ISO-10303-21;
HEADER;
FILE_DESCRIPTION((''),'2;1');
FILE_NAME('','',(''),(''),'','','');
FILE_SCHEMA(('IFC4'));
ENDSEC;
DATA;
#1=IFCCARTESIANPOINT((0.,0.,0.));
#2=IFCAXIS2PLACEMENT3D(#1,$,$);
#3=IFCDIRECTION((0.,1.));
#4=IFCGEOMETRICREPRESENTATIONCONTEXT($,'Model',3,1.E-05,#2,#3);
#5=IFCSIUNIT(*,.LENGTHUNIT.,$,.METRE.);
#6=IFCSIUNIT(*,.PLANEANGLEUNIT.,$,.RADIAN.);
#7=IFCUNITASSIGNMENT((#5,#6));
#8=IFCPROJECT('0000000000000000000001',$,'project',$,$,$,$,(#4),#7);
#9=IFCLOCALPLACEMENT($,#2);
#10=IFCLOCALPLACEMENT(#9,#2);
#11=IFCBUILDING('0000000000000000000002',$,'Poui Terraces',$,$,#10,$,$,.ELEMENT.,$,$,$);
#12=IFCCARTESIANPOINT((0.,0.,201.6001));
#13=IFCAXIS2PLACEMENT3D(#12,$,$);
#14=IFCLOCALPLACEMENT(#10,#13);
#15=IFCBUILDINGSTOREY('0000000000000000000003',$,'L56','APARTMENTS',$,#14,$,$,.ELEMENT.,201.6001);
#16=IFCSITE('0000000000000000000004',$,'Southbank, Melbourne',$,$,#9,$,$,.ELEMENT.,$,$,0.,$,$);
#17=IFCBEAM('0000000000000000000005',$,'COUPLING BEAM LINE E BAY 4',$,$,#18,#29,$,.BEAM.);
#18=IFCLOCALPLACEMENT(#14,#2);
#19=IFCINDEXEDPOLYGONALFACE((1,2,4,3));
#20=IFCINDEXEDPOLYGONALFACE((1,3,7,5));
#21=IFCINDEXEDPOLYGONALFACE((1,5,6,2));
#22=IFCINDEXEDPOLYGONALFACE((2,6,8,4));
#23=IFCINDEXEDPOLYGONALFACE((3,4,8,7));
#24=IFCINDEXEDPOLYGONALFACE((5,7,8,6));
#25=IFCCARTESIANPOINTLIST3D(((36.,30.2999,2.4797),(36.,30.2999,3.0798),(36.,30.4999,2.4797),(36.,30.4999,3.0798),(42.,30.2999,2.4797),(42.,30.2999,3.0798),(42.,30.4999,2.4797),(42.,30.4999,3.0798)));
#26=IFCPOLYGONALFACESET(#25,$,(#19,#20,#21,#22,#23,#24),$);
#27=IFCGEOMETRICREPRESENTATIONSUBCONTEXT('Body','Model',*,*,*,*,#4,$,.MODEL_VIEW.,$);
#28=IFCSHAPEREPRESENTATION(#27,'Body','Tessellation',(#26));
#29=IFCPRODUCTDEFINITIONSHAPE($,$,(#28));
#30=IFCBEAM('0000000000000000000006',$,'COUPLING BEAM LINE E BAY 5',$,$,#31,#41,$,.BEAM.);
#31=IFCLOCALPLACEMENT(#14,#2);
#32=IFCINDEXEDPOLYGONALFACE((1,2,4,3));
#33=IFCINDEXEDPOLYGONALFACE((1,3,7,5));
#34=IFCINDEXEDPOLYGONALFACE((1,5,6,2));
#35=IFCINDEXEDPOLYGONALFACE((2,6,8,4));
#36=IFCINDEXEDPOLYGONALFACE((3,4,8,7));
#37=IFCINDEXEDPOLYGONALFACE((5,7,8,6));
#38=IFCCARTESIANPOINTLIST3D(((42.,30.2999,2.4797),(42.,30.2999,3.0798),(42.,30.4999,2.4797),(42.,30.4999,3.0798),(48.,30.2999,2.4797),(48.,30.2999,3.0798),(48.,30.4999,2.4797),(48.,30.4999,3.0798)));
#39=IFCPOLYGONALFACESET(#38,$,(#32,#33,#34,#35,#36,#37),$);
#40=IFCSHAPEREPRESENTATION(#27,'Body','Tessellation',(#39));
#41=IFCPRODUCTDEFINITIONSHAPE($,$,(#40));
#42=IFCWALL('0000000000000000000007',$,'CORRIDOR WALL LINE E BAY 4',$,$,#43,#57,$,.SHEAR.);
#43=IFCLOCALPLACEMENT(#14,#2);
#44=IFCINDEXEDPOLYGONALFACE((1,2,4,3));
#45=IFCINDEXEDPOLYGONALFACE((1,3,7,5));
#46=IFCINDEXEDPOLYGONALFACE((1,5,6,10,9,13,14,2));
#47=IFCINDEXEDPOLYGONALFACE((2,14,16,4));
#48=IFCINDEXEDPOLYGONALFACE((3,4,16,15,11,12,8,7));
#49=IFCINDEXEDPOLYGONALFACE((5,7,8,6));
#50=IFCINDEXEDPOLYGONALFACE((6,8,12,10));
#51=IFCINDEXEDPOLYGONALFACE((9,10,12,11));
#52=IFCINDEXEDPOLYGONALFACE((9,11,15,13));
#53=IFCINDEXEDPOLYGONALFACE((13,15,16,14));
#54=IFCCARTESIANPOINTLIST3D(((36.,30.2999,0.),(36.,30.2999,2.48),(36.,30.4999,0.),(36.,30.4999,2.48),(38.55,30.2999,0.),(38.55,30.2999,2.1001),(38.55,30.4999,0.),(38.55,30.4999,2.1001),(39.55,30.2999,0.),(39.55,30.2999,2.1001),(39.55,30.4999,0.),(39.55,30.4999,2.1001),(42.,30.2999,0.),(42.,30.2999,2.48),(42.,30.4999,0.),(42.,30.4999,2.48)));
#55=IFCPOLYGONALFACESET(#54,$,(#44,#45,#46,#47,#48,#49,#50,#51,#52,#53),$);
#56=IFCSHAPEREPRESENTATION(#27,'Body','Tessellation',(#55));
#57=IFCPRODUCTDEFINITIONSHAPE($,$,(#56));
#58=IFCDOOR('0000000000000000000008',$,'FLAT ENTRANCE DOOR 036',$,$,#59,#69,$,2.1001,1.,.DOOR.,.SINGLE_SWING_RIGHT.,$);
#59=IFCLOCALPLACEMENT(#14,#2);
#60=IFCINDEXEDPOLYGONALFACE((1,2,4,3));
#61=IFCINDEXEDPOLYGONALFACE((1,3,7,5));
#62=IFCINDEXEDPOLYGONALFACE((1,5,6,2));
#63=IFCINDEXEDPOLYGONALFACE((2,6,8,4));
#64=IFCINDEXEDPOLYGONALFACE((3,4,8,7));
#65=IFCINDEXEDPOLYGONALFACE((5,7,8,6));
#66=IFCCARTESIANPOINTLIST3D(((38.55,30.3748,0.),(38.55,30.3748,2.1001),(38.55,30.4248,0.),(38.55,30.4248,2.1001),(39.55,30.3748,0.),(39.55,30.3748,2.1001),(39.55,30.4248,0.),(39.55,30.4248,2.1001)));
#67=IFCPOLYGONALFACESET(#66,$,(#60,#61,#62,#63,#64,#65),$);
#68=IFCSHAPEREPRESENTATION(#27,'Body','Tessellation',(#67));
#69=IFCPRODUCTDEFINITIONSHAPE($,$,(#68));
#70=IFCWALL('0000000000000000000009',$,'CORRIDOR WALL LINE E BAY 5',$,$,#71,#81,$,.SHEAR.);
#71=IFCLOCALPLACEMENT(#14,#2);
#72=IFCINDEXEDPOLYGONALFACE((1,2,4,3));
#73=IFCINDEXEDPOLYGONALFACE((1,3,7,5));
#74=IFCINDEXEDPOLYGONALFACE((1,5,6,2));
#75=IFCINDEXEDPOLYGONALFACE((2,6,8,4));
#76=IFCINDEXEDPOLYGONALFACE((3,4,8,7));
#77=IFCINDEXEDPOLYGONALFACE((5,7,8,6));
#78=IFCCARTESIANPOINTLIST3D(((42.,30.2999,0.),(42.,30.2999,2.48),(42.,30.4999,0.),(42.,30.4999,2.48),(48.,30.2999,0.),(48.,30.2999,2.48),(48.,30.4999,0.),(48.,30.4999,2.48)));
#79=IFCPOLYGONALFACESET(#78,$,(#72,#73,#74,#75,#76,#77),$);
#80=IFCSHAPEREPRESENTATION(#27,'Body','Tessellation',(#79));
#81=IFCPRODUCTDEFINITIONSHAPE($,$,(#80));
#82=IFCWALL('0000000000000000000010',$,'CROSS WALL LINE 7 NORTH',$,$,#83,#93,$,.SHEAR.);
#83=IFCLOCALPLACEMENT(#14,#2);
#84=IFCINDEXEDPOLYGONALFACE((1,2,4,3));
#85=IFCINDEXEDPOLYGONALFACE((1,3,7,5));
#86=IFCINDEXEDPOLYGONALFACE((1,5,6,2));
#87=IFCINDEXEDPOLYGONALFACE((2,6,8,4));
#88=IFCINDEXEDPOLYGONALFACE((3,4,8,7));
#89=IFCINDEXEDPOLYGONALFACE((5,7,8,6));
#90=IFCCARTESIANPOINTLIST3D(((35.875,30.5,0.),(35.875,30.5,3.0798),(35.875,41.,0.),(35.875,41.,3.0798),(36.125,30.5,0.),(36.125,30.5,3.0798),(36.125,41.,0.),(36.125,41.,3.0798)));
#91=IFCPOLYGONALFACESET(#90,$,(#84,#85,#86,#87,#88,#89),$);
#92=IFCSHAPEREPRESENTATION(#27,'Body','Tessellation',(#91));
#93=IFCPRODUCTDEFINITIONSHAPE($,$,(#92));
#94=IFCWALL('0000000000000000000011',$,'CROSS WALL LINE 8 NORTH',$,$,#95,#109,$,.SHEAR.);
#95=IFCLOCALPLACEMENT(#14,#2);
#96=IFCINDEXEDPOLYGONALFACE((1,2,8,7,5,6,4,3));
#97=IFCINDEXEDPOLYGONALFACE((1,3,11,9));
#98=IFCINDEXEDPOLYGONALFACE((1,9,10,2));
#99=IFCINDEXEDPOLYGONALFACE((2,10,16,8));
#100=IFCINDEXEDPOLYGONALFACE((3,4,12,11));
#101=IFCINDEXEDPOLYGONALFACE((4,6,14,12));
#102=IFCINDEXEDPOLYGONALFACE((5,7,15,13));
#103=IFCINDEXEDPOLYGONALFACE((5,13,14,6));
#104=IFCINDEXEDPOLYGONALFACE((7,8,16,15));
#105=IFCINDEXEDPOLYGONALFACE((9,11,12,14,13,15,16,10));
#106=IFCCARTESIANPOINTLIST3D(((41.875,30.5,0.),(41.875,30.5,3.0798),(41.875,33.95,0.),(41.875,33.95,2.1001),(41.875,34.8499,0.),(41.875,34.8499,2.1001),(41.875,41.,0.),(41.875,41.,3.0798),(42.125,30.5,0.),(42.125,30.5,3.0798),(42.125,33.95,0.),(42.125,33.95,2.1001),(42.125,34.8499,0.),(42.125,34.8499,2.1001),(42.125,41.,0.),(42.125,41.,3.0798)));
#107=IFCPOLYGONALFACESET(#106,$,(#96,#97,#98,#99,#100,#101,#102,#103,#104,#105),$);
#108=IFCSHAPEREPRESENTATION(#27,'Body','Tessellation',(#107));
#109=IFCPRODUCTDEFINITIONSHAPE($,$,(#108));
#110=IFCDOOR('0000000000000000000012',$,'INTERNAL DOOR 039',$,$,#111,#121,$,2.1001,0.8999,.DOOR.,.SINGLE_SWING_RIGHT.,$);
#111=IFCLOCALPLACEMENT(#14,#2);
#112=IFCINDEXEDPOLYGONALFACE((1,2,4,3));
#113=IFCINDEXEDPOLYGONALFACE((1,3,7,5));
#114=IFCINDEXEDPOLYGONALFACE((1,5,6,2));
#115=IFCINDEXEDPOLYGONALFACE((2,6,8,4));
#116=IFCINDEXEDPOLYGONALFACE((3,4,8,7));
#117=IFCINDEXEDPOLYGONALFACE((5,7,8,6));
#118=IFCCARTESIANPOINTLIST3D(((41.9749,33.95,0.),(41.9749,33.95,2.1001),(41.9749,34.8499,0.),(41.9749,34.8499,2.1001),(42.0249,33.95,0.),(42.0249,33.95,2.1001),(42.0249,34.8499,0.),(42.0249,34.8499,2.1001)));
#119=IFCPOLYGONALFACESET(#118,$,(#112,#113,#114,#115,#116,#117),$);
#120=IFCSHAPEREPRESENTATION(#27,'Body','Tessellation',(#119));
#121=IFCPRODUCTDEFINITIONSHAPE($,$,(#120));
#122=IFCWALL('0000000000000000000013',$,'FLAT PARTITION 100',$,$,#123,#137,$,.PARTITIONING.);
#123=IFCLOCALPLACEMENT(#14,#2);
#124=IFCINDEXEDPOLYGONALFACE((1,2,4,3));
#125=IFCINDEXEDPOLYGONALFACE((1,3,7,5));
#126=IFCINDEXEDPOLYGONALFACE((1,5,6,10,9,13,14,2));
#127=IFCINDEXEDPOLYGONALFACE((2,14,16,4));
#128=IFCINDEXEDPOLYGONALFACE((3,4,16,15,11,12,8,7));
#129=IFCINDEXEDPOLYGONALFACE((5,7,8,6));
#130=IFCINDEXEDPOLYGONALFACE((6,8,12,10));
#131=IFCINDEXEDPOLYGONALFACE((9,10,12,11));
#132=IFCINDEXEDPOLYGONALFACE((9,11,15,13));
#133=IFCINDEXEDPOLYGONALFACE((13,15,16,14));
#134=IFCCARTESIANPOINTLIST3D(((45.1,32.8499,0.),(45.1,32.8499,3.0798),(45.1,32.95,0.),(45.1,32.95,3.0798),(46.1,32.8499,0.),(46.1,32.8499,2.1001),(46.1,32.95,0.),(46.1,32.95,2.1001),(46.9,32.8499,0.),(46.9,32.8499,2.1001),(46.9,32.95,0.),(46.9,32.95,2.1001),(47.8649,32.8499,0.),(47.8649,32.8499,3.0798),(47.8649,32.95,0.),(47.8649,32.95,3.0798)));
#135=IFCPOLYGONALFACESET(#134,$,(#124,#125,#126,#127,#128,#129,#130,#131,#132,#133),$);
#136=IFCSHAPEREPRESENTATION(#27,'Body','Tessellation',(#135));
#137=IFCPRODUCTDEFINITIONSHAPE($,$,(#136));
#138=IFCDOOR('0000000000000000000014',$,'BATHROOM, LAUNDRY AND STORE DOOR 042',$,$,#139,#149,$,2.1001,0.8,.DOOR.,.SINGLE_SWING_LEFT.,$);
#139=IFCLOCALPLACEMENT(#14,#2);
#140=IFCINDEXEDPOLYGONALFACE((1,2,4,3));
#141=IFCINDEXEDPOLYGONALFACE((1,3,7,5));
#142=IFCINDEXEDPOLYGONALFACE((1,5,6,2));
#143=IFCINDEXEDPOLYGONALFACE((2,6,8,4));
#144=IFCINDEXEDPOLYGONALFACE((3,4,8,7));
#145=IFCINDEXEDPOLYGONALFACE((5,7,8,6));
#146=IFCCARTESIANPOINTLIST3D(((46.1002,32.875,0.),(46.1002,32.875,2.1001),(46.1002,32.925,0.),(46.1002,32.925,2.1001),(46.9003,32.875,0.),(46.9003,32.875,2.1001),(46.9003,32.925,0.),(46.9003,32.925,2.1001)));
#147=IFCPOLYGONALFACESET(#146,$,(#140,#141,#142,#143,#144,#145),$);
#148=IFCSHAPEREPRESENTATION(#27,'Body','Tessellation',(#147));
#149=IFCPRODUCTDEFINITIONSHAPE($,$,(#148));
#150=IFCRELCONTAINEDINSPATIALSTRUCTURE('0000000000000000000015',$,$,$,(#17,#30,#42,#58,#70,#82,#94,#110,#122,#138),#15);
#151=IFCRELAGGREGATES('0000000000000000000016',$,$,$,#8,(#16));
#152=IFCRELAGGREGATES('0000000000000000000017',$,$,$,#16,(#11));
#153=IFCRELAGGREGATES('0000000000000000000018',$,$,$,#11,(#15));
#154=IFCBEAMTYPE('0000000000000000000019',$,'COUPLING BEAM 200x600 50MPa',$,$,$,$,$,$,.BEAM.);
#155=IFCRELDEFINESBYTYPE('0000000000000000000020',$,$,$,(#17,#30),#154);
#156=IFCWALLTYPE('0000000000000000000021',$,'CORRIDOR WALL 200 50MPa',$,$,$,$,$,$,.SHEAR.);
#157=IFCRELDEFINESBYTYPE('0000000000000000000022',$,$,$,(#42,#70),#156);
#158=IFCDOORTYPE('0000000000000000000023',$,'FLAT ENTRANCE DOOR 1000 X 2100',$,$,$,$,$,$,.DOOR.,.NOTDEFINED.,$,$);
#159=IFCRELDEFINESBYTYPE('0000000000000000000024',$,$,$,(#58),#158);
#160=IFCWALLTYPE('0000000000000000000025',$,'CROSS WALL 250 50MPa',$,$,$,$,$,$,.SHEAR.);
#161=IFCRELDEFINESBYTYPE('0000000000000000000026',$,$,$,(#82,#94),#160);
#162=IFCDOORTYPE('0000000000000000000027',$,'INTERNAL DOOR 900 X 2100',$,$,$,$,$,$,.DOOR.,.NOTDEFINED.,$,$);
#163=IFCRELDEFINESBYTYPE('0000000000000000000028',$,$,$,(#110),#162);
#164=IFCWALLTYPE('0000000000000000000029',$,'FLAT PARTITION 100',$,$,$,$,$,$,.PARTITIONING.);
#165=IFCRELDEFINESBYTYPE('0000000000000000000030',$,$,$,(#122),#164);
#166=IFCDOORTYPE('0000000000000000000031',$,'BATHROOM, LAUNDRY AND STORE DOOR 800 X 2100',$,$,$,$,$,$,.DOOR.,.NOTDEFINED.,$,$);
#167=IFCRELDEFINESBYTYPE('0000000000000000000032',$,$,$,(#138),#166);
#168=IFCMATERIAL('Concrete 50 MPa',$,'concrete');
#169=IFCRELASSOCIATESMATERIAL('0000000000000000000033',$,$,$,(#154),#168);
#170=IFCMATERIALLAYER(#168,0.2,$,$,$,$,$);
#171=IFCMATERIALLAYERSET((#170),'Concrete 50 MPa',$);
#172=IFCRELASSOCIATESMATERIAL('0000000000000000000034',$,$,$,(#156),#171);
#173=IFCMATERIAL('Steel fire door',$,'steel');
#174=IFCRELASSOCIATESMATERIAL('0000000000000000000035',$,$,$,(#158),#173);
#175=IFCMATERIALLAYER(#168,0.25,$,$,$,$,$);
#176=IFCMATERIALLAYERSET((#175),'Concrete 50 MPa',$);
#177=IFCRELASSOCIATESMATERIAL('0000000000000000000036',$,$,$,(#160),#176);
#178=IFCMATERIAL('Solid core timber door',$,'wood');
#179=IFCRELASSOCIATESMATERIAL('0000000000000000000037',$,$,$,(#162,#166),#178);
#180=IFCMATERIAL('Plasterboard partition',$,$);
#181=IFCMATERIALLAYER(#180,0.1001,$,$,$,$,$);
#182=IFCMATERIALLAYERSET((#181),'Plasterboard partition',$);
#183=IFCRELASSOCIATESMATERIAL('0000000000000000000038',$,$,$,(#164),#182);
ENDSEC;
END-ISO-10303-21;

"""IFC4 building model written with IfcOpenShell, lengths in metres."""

from ifc_helpers import new_model, si_unit, direction, frame, frame_2d, origin, origin_2d, place, context, subcontext, project, spatial, rectangle, extrude, source, transform, mapped, material, layer, layer_set, material_profile, profile_set, type_object, element, fill, save


model = new_model("IFC4")

# Units and contexts
model_context = context("Model", 3, precision=1e-05, world=origin(), true_north=direction((0.0, 1.0)))
body_context = subcontext(model_context, "Body", "Model", "MODEL_VIEW")
ifc_project = project(units=[si_unit("LENGTHUNIT", "METRE"), si_unit("PLANEANGLEUNIT", "RADIAN")], contexts=[model_context])

# Site, building, storey
site_placement = place(None, origin())
site = spatial("IfcSite", under=ifc_project, at=site_placement, Name="Southbank, Melbourne", CompositionType="ELEMENT", RefElevation=0.0)
building_placement = place(site_placement, origin())
building = spatial("IfcBuilding", under=site, at=building_placement, Name="Poui Terraces", CompositionType="ELEMENT")
storey_placement = place(building_placement, frame((0.0, 0.0, 201.6001)))
storey = spatial("IfcBuildingStorey", under=building, at=storey_placement, Name="L56", Description="APARTMENTS", CompositionType="ELEMENT", Elevation=201.6001)

# Beams
ifc_material_1 = material(Name="Concrete 50 MPa", Category="concrete")
ifc_material_profile_1 = material_profile(ifc_material_1, rectangle(XDim=0.2, YDim=0.6001, at=origin_2d()), Name="RC 200x600")
ifc_profile_set_1 = profile_set([ifc_material_profile_1], Name="Concrete 50 MPa")
beam_type = type_object("IfcBeamType", Name="COUPLING BEAM 200x600 50MPa", PredefinedType="BEAM", material=ifc_profile_set_1)
shared_shape_1 = source(origin(), body_context, "Body", "SweptSolid", [
    extrude(rectangle(XDim=0.2, YDim=0.6001, at=origin_2d()), origin(), (0.0, 0.0, 1.0), 6.0),
])
for number, where, z_axis, x_axis, name in (
    (1, (36.0, 30.3999, 2.7798), (1.0, 0.0, 0.0), (0.0, 1.0, 0.0), "COUPLING BEAM LINE E BAY 4"),
    (2, (42.0, 30.3999, 2.7798), (1.0, 0.0, 0.0), (0.0, 1.0, 0.0), "COUPLING BEAM LINE E BAY 5"),
):
    element("IfcBeam", number, at=place(storey_placement, frame(where, z_axis=z_axis, x_axis=x_axis)), inside=storey, type_object=beam_type, Name=name, PredefinedType="BEAM", context=body_context, shape_type="MappedRepresentation", body=[
        mapped(shared_shape_1, transform((0.0, 0.0, 0.0))),
    ])

# Wall, opening, door
ifc_layer_1 = layer(ifc_material_1, 0.2)
ifc_layer_set_1 = layer_set([ifc_layer_1], Name="Concrete 50 MPa")
wall_type_1 = type_object("IfcWallType", Name="CORRIDOR WALL 200 50MPa", PredefinedType="SHEAR", material=ifc_layer_set_1)
wall_1_placement = place(storey_placement, frame((36.0, 30.3999, 0.0), z_axis=(0.0, 0.0, 1.0), x_axis=(1.0, 0.0, 0.0)))
wall_1 = element("IfcWall", 3, at=wall_1_placement, inside=storey, type_object=wall_type_1, Name="CORRIDOR WALL LINE E BAY 4", PredefinedType="SHEAR", context=body_context, shape_type="SweptSolid", body=[
    extrude(rectangle(XDim=6.0, YDim=0.2, at=frame_2d((3.0, 0.0))), origin(), (0.0, 0.0, 1.0), 2.48),
])
opening_1_placement = place(wall_1_placement, frame((2.55, 0.0, 0.0)))
opening_1 = element("IfcOpeningElement", 4, at=opening_1_placement, cuts=wall_1, PredefinedType="OPENING", context=body_context, shape_type="SweptSolid", body=[
    extrude(rectangle(XDim=1.0, YDim=2.1001, at=frame_2d((0.5, 1.05))), frame((0.0, 0.1099, 0.0), z_axis=(0.0, -1.0, 0.0), x_axis=(1.0, 0.0, 0.0)), (0.0, 0.0, 1.0), 0.22),
])
ifc_material_2 = material(Name="Steel fire door", Category="steel")
door_type_1 = type_object("IfcDoorType", Name="FLAT ENTRANCE DOOR 1000 X 2100", OperationType="NOTDEFINED", PredefinedType="DOOR", material=ifc_material_2)
door_1_placement = place(opening_1_placement, origin())
door_1 = element("IfcDoor", 5, at=door_1_placement, inside=storey, type_object=door_type_1, Name="FLAT ENTRANCE DOOR 036", OperationType="SINGLE_SWING_RIGHT", OverallHeight=2.1001, OverallWidth=1.0, PredefinedType="DOOR", context=body_context, shape_type="SweptSolid", body=[
    extrude(rectangle(XDim=1.0, YDim=2.1001, at=frame_2d((0.5, 1.05))), frame((0.0, 0.0249, 0.0), z_axis=(0.0, -1.0, 0.0), x_axis=(1.0, 0.0, 0.0)), (0.0, 0.0, 1.0), 0.05),
])
fill(opening_1, door_1)

# Walls
wall_2_placement = place(storey_placement, frame((42.0, 30.3999, 0.0), z_axis=(0.0, 0.0, 1.0), x_axis=(1.0, 0.0, 0.0)))
element("IfcWall", 6, at=wall_2_placement, inside=storey, type_object=wall_type_1, Name="CORRIDOR WALL LINE E BAY 5", PredefinedType="SHEAR", context=body_context, shape_type="SweptSolid", body=[
    extrude(rectangle(XDim=6.0, YDim=0.2, at=frame_2d((3.0, 0.0))), origin(), (0.0, 0.0, 1.0), 2.48),
])
ifc_layer_2 = layer(ifc_material_1, 0.25)
ifc_layer_set_2 = layer_set([ifc_layer_2], Name="Concrete 50 MPa")
wall_type_2 = type_object("IfcWallType", Name="CROSS WALL 250 50MPa", PredefinedType="SHEAR", material=ifc_layer_set_2)
wall_3_placement = place(storey_placement, frame((36.0, 30.5, 0.0), z_axis=(0.0, 0.0, 1.0), x_axis=(0.0, 1.0, 0.0)))
element("IfcWall", 7, at=wall_3_placement, inside=storey, type_object=wall_type_2, Name="CROSS WALL LINE 7 NORTH", PredefinedType="SHEAR", context=body_context, shape_type="SweptSolid", body=[
    extrude(rectangle(XDim=10.5, YDim=0.25, at=frame_2d((5.25, 0.0))), origin(), (0.0, 0.0, 1.0), 3.0798),
])

# Walls, openings, doors
wall_4_placement = place(storey_placement, frame((42.0, 30.5, 0.0), z_axis=(0.0, 0.0, 1.0), x_axis=(0.0, 1.0, 0.0)))
wall_4 = element("IfcWall", 8, at=wall_4_placement, inside=storey, type_object=wall_type_2, Name="CROSS WALL LINE 8 NORTH", PredefinedType="SHEAR", context=body_context, shape_type="SweptSolid", body=[
    extrude(rectangle(XDim=10.5, YDim=0.25, at=frame_2d((5.25, 0.0))), origin(), (0.0, 0.0, 1.0), 3.0798),
])
opening_2_placement = place(wall_4_placement, frame((3.45, 0.0, 0.0)))
opening_2 = element("IfcOpeningElement", 9, at=opening_2_placement, cuts=wall_4, PredefinedType="OPENING", context=body_context, shape_type="SweptSolid", body=[
    extrude(rectangle(XDim=0.8999, YDim=2.1001, at=frame_2d((0.45, 1.05))), frame((0.0, 0.135, 0.0), z_axis=(0.0, -1.0, 0.0), x_axis=(1.0, 0.0, 0.0)), (0.0, 0.0, 1.0), 0.27),
])
ifc_material_3 = material(Name="Solid core timber door", Category="wood")
door_type_2 = type_object("IfcDoorType", Name="INTERNAL DOOR 900 X 2100", OperationType="NOTDEFINED", PredefinedType="DOOR", material=ifc_material_3)
door_2_placement = place(opening_2_placement, frame((0.8999, 0.0, 0.0), z_axis=(0.0, 0.0, 1.0), x_axis=(-1.0, 0.0, 0.0)))
door_2 = element("IfcDoor", 10, at=door_2_placement, inside=storey, type_object=door_type_2, Name="INTERNAL DOOR 039", OperationType="SINGLE_SWING_RIGHT", OverallHeight=2.1001, OverallWidth=0.8999, PredefinedType="DOOR", context=body_context, shape_type="SweptSolid", body=[
    extrude(rectangle(XDim=0.8999, YDim=2.1001, at=frame_2d((0.45, 1.05))), frame((0.0, 0.0249, 0.0), z_axis=(0.0, -1.0, 0.0), x_axis=(1.0, 0.0, 0.0)), (0.0, 0.0, 1.0), 0.05),
])
fill(opening_2, door_2)
ifc_material_4 = material(Name="Plasterboard partition")
ifc_layer_3 = layer(ifc_material_4, 0.1001)
ifc_layer_set_3 = layer_set([ifc_layer_3], Name="Plasterboard partition")
wall_type_3 = type_object("IfcWallType", Name="FLAT PARTITION 100", PredefinedType="PARTITIONING", material=ifc_layer_set_3)
wall_5_placement = place(storey_placement, frame((45.1001, 32.8999, 0.0), z_axis=(0.0, 0.0, 1.0), x_axis=(1.0, 0.0, 0.0)))
wall_5 = element("IfcWall", 11, at=wall_5_placement, inside=storey, type_object=wall_type_3, Name="FLAT PARTITION 100", PredefinedType="PARTITIONING", context=body_context, shape_type="SweptSolid", body=[
    extrude(rectangle(XDim=2.7649, YDim=0.1001, at=frame_2d((1.3823, 0.0))), origin(), (0.0, 0.0, 1.0), 3.0798),
])
opening_3_placement = place(wall_5_placement, frame((1.0, 0.0, 0.0)))
opening_3 = element("IfcOpeningElement", 12, at=opening_3_placement, cuts=wall_5, PredefinedType="OPENING", context=body_context, shape_type="SweptSolid", body=[
    extrude(rectangle(XDim=0.8, YDim=2.1001, at=frame_2d((0.3999, 1.05))), frame((0.0, 0.0601, 0.0), z_axis=(0.0, -1.0, 0.0), x_axis=(1.0, 0.0, 0.0)), (0.0, 0.0, 1.0), 0.1201),
])
door_type_3 = type_object("IfcDoorType", Name="BATHROOM, LAUNDRY AND STORE DOOR 800 X 2100", OperationType="NOTDEFINED", PredefinedType="DOOR", material=ifc_material_3)
door_3_placement = place(opening_3_placement, frame((0.8, 0.0, 0.0), z_axis=(0.0, 0.0, 1.0), x_axis=(-1.0, 0.0, 0.0)))
door_3 = element("IfcDoor", 13, at=door_3_placement, inside=storey, type_object=door_type_3, Name="BATHROOM, LAUNDRY AND STORE DOOR 042", OperationType="SINGLE_SWING_LEFT", OverallHeight=2.1001, OverallWidth=0.8, PredefinedType="DOOR", context=body_context, shape_type="SweptSolid", body=[
    extrude(rectangle(XDim=0.8, YDim=2.1001, at=frame_2d((0.3999, 1.05))), frame((0.0, 0.0249, 0.0), z_axis=(0.0, -1.0, 0.0), x_axis=(1.0, 0.0, 0.0)), (0.0, 0.0, 1.0), 0.05),
])
fill(opening_3, door_3)

save(model, "model.ifc")
